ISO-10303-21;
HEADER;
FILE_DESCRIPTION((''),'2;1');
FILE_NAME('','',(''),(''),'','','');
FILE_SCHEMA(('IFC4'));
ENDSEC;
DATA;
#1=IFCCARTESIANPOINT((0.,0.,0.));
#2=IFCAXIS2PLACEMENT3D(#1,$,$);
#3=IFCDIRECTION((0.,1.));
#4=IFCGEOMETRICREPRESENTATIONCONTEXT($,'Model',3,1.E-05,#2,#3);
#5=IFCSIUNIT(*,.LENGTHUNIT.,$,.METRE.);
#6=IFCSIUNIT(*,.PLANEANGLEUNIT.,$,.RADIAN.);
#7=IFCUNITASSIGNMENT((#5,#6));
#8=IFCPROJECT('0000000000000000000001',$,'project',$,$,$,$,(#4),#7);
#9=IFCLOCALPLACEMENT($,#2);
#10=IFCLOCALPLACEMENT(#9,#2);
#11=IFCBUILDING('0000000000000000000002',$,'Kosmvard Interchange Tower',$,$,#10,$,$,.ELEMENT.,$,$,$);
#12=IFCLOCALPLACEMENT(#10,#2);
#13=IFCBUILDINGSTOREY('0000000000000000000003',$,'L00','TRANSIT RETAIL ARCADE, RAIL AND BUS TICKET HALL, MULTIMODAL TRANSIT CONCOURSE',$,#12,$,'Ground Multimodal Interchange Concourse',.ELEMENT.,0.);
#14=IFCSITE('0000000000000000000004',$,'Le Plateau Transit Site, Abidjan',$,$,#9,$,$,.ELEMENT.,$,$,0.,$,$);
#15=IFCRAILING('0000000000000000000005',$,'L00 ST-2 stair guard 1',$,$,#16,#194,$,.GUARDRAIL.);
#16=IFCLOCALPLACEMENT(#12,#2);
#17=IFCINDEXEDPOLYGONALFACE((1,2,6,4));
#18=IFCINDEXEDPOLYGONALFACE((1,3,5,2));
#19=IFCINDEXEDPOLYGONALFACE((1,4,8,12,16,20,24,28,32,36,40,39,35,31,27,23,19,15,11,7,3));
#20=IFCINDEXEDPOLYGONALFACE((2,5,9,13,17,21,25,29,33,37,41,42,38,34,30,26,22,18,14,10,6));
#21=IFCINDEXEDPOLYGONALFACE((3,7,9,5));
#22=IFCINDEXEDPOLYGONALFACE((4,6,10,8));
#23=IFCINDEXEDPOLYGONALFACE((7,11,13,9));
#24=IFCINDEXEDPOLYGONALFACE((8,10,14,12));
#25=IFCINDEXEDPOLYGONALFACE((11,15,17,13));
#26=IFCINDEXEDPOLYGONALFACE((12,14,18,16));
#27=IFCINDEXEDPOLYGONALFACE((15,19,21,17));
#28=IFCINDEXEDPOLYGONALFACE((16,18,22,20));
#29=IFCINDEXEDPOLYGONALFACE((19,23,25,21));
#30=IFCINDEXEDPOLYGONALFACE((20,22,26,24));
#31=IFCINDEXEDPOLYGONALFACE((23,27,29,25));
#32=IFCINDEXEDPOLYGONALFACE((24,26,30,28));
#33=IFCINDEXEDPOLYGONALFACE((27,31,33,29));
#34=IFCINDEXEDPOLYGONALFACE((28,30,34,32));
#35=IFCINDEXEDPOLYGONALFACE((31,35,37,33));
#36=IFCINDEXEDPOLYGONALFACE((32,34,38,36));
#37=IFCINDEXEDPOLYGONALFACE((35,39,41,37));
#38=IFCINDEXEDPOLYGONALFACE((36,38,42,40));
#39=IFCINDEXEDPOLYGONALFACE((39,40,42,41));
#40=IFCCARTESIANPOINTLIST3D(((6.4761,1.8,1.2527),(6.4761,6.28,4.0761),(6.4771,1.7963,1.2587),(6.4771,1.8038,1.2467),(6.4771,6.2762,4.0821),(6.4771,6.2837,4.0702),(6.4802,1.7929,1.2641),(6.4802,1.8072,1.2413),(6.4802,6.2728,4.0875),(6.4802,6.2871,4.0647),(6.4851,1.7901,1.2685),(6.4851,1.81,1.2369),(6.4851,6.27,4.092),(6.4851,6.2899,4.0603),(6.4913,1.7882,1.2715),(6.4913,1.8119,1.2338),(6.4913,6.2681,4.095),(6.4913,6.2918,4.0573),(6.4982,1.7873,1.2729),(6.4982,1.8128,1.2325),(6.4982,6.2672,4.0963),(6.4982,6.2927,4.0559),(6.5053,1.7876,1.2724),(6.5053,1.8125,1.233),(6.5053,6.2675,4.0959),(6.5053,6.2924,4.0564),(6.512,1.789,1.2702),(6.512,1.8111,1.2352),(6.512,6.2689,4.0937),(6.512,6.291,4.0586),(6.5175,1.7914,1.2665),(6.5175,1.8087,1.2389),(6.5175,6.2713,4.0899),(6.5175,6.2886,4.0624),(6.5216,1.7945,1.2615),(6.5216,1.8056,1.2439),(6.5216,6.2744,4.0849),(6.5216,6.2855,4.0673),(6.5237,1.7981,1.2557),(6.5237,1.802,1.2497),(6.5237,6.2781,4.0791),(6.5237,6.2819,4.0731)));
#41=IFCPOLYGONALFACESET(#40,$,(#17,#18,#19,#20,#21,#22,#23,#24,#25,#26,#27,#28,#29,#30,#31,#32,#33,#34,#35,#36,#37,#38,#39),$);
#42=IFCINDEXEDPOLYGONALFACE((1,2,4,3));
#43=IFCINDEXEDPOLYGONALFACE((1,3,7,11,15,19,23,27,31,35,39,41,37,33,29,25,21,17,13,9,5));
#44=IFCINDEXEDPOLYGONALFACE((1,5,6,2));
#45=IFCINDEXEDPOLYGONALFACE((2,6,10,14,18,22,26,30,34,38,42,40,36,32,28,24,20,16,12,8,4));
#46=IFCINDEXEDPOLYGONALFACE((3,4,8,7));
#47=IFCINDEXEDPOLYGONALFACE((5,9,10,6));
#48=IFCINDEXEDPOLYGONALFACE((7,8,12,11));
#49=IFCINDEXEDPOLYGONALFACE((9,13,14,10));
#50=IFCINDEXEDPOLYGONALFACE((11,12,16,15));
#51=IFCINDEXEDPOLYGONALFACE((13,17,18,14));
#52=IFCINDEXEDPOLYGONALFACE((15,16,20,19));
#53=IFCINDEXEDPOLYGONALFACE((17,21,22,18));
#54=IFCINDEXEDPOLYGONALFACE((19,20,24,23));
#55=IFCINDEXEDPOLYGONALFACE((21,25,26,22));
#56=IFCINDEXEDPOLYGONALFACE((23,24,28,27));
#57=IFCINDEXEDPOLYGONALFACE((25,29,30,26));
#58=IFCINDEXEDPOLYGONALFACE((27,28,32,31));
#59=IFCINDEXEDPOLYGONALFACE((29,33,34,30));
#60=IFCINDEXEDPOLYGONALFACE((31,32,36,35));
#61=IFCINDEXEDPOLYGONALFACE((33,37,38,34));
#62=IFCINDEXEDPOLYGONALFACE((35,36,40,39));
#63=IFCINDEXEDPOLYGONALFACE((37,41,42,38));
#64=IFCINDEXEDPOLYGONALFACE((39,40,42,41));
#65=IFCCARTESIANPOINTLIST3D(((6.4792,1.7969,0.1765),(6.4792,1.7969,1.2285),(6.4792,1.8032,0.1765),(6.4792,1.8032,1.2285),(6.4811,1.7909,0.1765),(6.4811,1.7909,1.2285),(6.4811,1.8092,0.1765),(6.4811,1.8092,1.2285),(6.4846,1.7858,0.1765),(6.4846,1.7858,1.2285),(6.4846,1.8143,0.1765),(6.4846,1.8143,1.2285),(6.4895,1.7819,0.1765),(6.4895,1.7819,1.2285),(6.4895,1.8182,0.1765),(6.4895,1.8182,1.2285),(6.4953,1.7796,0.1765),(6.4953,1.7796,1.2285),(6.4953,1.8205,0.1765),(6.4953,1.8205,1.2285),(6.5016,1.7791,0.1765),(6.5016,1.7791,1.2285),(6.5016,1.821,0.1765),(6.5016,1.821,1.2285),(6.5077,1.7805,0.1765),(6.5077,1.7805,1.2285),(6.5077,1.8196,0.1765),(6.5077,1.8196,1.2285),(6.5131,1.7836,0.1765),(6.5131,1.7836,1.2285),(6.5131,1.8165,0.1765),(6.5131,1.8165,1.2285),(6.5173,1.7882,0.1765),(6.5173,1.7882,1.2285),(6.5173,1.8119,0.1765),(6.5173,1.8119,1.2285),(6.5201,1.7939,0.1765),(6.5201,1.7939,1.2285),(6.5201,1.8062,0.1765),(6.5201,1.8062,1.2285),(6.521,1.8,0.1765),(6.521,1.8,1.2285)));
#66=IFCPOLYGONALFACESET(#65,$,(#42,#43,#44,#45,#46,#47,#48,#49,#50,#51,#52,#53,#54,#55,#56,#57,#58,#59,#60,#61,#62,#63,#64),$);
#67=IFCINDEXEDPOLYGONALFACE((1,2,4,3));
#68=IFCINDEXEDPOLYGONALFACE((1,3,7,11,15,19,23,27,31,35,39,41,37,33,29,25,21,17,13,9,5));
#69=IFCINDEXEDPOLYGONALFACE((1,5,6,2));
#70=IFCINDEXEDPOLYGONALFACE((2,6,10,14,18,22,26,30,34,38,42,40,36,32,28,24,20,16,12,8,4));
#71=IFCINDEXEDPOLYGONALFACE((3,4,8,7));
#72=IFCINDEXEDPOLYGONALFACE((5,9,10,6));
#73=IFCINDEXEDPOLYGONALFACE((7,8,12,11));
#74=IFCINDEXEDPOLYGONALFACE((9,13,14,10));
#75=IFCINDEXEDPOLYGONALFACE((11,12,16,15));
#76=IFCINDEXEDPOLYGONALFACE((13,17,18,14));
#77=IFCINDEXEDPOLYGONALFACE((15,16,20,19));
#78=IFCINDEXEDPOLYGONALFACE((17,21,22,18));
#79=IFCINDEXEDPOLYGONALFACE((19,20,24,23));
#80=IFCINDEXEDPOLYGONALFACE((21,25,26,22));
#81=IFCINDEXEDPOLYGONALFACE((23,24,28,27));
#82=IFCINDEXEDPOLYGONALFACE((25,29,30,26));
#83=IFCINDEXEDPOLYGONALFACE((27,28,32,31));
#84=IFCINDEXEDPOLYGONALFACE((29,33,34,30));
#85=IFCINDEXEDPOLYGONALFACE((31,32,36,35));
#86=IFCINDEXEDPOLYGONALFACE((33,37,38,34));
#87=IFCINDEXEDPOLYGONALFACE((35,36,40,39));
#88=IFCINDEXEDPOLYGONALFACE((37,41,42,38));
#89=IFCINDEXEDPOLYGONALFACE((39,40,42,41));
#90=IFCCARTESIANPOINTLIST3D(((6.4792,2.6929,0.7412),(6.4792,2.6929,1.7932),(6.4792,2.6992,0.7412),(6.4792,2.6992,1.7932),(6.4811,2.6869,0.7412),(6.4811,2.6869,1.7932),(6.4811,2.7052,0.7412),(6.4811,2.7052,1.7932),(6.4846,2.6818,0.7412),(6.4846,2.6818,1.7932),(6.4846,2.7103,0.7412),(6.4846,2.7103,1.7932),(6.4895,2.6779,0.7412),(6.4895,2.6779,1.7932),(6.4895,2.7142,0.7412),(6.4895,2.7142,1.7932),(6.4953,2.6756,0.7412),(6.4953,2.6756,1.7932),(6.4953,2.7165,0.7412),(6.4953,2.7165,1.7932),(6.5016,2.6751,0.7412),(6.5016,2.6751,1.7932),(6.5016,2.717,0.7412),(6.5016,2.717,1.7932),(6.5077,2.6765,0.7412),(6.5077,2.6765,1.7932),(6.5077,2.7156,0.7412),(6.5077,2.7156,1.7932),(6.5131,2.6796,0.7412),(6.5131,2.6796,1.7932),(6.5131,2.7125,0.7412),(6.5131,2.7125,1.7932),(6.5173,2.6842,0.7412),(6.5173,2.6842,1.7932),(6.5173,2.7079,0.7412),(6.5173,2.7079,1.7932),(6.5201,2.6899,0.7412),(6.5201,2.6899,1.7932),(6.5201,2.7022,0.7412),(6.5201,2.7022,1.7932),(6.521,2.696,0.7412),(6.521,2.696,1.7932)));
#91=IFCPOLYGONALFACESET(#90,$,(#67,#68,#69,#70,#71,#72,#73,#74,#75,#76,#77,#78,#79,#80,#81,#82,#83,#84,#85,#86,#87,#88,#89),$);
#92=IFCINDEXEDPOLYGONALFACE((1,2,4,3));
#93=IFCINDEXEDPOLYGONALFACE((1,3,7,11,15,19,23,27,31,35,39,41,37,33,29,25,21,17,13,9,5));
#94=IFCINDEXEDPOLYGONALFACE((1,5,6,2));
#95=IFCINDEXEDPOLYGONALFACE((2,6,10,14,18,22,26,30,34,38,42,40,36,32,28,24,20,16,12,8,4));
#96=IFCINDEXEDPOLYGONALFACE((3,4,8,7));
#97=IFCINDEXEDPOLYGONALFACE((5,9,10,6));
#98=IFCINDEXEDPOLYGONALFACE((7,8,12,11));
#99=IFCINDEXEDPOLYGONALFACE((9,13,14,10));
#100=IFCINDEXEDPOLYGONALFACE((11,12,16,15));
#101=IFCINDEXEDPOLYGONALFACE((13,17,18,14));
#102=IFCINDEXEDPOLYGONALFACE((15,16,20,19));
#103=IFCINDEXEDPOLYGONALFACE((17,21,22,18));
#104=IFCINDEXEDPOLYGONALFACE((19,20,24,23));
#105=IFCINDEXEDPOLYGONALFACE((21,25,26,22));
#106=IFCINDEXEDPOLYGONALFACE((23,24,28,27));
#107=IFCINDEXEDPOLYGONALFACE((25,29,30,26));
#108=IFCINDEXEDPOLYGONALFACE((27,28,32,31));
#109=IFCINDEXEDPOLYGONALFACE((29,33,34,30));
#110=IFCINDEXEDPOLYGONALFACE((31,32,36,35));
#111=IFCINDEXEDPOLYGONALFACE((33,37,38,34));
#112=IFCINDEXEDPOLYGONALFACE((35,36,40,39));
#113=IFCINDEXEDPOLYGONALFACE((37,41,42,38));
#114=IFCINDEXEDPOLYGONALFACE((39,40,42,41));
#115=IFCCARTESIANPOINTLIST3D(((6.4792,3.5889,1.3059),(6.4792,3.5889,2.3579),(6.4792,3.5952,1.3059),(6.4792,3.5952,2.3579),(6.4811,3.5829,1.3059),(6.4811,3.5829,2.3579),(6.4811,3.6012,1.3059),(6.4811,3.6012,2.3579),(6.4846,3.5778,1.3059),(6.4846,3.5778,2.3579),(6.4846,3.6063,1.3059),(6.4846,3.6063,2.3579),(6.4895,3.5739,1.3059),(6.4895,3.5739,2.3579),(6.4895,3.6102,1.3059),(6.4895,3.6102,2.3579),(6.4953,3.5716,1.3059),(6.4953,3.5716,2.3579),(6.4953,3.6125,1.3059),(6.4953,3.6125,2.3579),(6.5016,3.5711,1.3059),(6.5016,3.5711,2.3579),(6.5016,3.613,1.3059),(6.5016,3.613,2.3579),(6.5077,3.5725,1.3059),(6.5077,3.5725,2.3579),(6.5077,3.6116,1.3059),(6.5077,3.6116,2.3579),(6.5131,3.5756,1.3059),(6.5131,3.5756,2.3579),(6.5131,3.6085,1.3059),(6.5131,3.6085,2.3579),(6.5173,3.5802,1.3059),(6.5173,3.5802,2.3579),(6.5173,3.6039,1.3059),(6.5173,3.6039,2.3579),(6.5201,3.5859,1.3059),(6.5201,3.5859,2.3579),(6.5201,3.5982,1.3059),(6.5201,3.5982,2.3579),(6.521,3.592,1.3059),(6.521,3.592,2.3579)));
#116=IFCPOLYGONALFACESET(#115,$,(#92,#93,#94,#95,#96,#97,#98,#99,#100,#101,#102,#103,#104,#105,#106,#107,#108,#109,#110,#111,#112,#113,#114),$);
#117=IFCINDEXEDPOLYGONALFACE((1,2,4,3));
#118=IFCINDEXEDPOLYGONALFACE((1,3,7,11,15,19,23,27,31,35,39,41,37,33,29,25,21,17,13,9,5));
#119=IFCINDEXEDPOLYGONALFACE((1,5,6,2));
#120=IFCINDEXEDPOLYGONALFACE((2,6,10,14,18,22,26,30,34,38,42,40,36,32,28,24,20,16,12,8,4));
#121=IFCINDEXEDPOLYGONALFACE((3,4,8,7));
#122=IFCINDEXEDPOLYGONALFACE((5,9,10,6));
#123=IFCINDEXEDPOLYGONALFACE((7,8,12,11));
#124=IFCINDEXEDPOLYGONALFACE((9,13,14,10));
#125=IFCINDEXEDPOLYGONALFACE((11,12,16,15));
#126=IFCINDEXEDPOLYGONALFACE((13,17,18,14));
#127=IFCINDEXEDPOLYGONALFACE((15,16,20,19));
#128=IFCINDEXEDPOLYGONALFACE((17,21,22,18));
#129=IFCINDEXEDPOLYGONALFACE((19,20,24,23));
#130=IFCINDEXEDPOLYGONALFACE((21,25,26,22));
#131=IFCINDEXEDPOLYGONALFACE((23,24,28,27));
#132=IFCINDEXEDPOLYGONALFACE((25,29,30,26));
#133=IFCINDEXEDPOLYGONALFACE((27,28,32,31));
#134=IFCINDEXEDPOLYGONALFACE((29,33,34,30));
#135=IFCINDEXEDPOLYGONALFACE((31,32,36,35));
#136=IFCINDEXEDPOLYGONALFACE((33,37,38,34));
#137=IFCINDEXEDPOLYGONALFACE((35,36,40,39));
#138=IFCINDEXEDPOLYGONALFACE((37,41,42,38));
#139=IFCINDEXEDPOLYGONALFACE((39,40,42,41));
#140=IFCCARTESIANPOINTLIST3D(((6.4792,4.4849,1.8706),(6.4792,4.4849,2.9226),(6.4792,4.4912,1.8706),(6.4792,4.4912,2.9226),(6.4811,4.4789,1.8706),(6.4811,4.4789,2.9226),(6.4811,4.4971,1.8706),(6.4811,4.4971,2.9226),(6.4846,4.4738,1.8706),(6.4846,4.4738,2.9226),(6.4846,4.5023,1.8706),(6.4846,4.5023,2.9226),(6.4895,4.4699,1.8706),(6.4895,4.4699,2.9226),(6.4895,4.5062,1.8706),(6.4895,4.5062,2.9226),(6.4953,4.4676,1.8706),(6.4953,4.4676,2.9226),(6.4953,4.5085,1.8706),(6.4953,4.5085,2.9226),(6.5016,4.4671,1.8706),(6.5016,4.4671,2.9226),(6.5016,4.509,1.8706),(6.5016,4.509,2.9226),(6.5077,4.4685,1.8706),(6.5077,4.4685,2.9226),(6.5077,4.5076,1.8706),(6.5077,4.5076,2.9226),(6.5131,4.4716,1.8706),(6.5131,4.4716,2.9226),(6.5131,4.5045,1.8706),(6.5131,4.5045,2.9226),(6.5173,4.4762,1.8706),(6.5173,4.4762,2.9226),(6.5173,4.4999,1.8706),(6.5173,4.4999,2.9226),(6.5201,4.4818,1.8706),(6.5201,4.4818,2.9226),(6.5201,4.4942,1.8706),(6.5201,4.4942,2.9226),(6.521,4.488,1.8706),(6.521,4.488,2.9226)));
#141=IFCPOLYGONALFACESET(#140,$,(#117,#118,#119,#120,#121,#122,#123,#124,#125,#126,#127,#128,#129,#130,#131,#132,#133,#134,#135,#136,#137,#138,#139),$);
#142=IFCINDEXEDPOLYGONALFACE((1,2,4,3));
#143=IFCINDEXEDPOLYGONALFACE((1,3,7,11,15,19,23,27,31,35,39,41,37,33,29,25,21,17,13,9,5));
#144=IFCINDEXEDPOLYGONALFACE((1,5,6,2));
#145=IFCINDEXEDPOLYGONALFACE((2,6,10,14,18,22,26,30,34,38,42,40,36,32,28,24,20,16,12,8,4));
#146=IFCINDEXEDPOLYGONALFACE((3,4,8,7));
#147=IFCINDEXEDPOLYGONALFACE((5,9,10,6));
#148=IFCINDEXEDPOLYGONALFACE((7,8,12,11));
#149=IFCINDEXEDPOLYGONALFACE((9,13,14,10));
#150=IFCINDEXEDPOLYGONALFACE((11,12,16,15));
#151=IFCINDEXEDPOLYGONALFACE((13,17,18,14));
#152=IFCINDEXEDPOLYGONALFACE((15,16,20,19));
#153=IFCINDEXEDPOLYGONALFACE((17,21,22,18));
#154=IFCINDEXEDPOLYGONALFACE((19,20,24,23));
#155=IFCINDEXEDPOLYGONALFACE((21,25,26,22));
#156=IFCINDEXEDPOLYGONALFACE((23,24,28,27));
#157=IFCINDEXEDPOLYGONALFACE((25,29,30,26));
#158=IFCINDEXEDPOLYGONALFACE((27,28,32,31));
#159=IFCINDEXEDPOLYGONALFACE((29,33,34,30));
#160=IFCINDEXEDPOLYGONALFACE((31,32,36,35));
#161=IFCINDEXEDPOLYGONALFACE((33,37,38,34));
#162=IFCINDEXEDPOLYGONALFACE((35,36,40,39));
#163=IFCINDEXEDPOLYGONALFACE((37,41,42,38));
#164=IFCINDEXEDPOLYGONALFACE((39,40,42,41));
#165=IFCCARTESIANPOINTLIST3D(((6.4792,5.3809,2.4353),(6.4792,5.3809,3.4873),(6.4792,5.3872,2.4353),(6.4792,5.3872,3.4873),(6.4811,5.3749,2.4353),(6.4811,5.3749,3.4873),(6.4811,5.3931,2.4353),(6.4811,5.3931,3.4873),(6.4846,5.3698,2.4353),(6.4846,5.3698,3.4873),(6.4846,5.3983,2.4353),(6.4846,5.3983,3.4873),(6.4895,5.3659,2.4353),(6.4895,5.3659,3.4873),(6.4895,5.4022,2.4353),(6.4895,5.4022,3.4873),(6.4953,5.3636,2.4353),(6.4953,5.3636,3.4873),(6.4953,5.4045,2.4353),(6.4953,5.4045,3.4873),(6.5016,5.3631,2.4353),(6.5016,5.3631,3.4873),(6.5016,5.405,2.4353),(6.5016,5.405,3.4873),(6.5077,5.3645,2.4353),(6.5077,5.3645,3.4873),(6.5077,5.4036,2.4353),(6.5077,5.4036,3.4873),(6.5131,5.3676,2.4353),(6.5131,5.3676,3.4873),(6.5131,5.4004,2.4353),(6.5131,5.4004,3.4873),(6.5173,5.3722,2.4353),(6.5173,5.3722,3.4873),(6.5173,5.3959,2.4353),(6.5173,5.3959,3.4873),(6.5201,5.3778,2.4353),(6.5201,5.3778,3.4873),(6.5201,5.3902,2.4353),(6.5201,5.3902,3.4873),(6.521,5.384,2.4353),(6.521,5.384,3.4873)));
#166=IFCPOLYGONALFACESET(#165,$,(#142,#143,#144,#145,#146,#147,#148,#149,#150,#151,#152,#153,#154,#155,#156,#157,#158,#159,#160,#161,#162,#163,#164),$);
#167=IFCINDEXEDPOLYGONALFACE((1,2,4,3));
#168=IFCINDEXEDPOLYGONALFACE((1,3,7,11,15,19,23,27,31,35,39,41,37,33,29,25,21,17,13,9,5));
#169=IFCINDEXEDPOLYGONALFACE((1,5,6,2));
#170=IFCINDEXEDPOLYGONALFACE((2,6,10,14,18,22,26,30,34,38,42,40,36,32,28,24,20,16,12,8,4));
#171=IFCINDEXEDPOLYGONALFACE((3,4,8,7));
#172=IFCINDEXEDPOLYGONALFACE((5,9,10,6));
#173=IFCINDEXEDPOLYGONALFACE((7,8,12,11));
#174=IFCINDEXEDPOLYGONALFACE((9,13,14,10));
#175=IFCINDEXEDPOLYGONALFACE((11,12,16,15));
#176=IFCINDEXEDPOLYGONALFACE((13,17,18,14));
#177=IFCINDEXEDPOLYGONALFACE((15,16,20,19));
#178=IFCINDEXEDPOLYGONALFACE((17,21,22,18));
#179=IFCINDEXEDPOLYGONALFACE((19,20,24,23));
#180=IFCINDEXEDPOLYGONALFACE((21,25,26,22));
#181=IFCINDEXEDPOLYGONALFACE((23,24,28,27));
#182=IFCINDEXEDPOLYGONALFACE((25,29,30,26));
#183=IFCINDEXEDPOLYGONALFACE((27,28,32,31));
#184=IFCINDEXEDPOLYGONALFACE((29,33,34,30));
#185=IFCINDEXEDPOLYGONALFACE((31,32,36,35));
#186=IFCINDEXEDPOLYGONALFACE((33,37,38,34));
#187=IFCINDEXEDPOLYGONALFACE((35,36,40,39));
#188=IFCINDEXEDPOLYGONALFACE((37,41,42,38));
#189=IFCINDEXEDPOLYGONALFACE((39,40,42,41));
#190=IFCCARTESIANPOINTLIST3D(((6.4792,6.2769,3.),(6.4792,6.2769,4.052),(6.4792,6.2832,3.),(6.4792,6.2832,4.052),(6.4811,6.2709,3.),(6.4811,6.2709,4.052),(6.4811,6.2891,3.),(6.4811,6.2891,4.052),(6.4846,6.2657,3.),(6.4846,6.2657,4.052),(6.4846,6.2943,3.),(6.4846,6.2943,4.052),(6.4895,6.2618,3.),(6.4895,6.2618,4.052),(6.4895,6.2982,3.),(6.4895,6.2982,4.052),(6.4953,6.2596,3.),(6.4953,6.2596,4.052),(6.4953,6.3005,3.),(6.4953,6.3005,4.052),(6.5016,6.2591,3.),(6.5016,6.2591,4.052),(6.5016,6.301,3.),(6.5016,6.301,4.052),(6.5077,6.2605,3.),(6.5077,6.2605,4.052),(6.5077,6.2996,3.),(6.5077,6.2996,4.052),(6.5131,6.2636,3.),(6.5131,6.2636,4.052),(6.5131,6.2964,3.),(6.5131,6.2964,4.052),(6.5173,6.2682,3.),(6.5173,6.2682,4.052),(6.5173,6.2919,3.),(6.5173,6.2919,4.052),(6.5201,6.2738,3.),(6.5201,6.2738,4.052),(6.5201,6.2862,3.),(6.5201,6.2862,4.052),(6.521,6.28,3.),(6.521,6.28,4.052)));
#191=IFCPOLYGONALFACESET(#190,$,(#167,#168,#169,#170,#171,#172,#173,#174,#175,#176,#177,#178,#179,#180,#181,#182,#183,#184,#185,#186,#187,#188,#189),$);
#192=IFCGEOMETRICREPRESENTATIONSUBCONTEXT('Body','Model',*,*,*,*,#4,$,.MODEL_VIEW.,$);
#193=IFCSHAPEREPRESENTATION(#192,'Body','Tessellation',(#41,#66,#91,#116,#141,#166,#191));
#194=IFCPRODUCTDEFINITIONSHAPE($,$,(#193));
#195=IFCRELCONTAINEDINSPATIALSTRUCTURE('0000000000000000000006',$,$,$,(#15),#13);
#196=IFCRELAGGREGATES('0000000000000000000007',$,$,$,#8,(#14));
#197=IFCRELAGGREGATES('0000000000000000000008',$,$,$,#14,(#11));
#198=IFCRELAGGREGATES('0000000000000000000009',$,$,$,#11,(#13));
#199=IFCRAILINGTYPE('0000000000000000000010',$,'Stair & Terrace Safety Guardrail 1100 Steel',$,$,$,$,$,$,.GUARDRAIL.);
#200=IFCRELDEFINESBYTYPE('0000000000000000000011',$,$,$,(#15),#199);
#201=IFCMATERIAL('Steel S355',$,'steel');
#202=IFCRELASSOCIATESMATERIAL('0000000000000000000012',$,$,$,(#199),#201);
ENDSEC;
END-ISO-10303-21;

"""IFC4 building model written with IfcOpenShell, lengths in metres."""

from ifc_helpers import new_model, si_unit, direction, frame, origin, origin_2d, place, context, subcontext, project, spatial, circle, extrude, source, transform, mapped, material, type_object, element, save


model = new_model("IFC4")

# Units and contexts
model_context = context("Model", 3, precision=1e-05, world=origin(), true_north=direction((0.0, 1.0)))
body_context = subcontext(model_context, "Body", "Model", "MODEL_VIEW")
ifc_project = project(units=[si_unit("LENGTHUNIT", "METRE"), si_unit("PLANEANGLEUNIT", "RADIAN")], contexts=[model_context])

# Site, building, storey
site_placement = place(None, origin())
site = spatial("IfcSite", under=ifc_project, at=site_placement, Name="Le Plateau Transit Site, Abidjan", CompositionType="ELEMENT", RefElevation=0.0)
building_placement = place(site_placement, origin())
building = spatial("IfcBuilding", under=site, at=building_placement, Name="Kosmvard Interchange Tower", CompositionType="ELEMENT")
storey_placement = place(building_placement, origin())
storey = spatial("IfcBuildingStorey", under=building, at=storey_placement, Name="L00", Description="TRANSIT RETAIL ARCADE, RAIL AND BUS TICKET HALL, MULTIMODAL TRANSIT CONCOURSE", LongName="Ground Multimodal Interchange Concourse", CompositionType="ELEMENT", Elevation=0.0)

# Railing
ifc_material_1 = material(Name="Steel S355", Category="steel")
railing_type_1 = type_object("IfcRailingType", Name="Stair & Terrace Safety Guardrail 1100 Steel", PredefinedType="GUARDRAIL", material=ifc_material_1)
shared_shape_1 = source(origin(), body_context, "Body", "SweptSolid", [
    extrude(circle(Radius=0.0239, at=origin_2d()), frame((0.0, 0.0, 1.0762), z_axis=(0.0, 0.845998, 0.533186), x_axis=(-1.0, 0.0, 0.0)), (0.0, 0.0, 1.0), 5.2954),
    extrude(circle(Radius=0.021, at=origin_2d()), origin(), (0.0, 0.0, 1.0), 1.052),
    extrude(circle(Radius=0.021, at=origin_2d()), frame((0.0, 0.896, 0.5647)), (0.0, 0.0, 1.0), 1.052),
    extrude(circle(Radius=0.021, at=origin_2d()), frame((0.0, 1.792, 1.1294)), (0.0, 0.0, 1.0), 1.052),
    extrude(circle(Radius=0.021, at=origin_2d()), frame((0.0, 2.688, 1.6941)), (0.0, 0.0, 1.0), 1.052),
    extrude(circle(Radius=0.021, at=origin_2d()), frame((0.0, 3.584, 2.2588)), (0.0, 0.0, 1.0), 1.052),
    extrude(circle(Radius=0.021, at=origin_2d()), frame((0.0, 4.48, 2.8235)), (0.0, 0.0, 1.0), 1.052),
])
railing_1_placement = place(storey_placement, frame((6.5, 1.8, 0.1765)))
element("IfcRailing", 1, at=railing_1_placement, inside=storey, type_object=railing_type_1, Name="L00 ST-2 stair guard 1", PredefinedType="GUARDRAIL", context=body_context, shape_type="MappedRepresentation", body=[
    mapped(shared_shape_1, transform((0.0, 0.0, 0.0), scale=1.0)),
])

save(model, "model.ifc")
